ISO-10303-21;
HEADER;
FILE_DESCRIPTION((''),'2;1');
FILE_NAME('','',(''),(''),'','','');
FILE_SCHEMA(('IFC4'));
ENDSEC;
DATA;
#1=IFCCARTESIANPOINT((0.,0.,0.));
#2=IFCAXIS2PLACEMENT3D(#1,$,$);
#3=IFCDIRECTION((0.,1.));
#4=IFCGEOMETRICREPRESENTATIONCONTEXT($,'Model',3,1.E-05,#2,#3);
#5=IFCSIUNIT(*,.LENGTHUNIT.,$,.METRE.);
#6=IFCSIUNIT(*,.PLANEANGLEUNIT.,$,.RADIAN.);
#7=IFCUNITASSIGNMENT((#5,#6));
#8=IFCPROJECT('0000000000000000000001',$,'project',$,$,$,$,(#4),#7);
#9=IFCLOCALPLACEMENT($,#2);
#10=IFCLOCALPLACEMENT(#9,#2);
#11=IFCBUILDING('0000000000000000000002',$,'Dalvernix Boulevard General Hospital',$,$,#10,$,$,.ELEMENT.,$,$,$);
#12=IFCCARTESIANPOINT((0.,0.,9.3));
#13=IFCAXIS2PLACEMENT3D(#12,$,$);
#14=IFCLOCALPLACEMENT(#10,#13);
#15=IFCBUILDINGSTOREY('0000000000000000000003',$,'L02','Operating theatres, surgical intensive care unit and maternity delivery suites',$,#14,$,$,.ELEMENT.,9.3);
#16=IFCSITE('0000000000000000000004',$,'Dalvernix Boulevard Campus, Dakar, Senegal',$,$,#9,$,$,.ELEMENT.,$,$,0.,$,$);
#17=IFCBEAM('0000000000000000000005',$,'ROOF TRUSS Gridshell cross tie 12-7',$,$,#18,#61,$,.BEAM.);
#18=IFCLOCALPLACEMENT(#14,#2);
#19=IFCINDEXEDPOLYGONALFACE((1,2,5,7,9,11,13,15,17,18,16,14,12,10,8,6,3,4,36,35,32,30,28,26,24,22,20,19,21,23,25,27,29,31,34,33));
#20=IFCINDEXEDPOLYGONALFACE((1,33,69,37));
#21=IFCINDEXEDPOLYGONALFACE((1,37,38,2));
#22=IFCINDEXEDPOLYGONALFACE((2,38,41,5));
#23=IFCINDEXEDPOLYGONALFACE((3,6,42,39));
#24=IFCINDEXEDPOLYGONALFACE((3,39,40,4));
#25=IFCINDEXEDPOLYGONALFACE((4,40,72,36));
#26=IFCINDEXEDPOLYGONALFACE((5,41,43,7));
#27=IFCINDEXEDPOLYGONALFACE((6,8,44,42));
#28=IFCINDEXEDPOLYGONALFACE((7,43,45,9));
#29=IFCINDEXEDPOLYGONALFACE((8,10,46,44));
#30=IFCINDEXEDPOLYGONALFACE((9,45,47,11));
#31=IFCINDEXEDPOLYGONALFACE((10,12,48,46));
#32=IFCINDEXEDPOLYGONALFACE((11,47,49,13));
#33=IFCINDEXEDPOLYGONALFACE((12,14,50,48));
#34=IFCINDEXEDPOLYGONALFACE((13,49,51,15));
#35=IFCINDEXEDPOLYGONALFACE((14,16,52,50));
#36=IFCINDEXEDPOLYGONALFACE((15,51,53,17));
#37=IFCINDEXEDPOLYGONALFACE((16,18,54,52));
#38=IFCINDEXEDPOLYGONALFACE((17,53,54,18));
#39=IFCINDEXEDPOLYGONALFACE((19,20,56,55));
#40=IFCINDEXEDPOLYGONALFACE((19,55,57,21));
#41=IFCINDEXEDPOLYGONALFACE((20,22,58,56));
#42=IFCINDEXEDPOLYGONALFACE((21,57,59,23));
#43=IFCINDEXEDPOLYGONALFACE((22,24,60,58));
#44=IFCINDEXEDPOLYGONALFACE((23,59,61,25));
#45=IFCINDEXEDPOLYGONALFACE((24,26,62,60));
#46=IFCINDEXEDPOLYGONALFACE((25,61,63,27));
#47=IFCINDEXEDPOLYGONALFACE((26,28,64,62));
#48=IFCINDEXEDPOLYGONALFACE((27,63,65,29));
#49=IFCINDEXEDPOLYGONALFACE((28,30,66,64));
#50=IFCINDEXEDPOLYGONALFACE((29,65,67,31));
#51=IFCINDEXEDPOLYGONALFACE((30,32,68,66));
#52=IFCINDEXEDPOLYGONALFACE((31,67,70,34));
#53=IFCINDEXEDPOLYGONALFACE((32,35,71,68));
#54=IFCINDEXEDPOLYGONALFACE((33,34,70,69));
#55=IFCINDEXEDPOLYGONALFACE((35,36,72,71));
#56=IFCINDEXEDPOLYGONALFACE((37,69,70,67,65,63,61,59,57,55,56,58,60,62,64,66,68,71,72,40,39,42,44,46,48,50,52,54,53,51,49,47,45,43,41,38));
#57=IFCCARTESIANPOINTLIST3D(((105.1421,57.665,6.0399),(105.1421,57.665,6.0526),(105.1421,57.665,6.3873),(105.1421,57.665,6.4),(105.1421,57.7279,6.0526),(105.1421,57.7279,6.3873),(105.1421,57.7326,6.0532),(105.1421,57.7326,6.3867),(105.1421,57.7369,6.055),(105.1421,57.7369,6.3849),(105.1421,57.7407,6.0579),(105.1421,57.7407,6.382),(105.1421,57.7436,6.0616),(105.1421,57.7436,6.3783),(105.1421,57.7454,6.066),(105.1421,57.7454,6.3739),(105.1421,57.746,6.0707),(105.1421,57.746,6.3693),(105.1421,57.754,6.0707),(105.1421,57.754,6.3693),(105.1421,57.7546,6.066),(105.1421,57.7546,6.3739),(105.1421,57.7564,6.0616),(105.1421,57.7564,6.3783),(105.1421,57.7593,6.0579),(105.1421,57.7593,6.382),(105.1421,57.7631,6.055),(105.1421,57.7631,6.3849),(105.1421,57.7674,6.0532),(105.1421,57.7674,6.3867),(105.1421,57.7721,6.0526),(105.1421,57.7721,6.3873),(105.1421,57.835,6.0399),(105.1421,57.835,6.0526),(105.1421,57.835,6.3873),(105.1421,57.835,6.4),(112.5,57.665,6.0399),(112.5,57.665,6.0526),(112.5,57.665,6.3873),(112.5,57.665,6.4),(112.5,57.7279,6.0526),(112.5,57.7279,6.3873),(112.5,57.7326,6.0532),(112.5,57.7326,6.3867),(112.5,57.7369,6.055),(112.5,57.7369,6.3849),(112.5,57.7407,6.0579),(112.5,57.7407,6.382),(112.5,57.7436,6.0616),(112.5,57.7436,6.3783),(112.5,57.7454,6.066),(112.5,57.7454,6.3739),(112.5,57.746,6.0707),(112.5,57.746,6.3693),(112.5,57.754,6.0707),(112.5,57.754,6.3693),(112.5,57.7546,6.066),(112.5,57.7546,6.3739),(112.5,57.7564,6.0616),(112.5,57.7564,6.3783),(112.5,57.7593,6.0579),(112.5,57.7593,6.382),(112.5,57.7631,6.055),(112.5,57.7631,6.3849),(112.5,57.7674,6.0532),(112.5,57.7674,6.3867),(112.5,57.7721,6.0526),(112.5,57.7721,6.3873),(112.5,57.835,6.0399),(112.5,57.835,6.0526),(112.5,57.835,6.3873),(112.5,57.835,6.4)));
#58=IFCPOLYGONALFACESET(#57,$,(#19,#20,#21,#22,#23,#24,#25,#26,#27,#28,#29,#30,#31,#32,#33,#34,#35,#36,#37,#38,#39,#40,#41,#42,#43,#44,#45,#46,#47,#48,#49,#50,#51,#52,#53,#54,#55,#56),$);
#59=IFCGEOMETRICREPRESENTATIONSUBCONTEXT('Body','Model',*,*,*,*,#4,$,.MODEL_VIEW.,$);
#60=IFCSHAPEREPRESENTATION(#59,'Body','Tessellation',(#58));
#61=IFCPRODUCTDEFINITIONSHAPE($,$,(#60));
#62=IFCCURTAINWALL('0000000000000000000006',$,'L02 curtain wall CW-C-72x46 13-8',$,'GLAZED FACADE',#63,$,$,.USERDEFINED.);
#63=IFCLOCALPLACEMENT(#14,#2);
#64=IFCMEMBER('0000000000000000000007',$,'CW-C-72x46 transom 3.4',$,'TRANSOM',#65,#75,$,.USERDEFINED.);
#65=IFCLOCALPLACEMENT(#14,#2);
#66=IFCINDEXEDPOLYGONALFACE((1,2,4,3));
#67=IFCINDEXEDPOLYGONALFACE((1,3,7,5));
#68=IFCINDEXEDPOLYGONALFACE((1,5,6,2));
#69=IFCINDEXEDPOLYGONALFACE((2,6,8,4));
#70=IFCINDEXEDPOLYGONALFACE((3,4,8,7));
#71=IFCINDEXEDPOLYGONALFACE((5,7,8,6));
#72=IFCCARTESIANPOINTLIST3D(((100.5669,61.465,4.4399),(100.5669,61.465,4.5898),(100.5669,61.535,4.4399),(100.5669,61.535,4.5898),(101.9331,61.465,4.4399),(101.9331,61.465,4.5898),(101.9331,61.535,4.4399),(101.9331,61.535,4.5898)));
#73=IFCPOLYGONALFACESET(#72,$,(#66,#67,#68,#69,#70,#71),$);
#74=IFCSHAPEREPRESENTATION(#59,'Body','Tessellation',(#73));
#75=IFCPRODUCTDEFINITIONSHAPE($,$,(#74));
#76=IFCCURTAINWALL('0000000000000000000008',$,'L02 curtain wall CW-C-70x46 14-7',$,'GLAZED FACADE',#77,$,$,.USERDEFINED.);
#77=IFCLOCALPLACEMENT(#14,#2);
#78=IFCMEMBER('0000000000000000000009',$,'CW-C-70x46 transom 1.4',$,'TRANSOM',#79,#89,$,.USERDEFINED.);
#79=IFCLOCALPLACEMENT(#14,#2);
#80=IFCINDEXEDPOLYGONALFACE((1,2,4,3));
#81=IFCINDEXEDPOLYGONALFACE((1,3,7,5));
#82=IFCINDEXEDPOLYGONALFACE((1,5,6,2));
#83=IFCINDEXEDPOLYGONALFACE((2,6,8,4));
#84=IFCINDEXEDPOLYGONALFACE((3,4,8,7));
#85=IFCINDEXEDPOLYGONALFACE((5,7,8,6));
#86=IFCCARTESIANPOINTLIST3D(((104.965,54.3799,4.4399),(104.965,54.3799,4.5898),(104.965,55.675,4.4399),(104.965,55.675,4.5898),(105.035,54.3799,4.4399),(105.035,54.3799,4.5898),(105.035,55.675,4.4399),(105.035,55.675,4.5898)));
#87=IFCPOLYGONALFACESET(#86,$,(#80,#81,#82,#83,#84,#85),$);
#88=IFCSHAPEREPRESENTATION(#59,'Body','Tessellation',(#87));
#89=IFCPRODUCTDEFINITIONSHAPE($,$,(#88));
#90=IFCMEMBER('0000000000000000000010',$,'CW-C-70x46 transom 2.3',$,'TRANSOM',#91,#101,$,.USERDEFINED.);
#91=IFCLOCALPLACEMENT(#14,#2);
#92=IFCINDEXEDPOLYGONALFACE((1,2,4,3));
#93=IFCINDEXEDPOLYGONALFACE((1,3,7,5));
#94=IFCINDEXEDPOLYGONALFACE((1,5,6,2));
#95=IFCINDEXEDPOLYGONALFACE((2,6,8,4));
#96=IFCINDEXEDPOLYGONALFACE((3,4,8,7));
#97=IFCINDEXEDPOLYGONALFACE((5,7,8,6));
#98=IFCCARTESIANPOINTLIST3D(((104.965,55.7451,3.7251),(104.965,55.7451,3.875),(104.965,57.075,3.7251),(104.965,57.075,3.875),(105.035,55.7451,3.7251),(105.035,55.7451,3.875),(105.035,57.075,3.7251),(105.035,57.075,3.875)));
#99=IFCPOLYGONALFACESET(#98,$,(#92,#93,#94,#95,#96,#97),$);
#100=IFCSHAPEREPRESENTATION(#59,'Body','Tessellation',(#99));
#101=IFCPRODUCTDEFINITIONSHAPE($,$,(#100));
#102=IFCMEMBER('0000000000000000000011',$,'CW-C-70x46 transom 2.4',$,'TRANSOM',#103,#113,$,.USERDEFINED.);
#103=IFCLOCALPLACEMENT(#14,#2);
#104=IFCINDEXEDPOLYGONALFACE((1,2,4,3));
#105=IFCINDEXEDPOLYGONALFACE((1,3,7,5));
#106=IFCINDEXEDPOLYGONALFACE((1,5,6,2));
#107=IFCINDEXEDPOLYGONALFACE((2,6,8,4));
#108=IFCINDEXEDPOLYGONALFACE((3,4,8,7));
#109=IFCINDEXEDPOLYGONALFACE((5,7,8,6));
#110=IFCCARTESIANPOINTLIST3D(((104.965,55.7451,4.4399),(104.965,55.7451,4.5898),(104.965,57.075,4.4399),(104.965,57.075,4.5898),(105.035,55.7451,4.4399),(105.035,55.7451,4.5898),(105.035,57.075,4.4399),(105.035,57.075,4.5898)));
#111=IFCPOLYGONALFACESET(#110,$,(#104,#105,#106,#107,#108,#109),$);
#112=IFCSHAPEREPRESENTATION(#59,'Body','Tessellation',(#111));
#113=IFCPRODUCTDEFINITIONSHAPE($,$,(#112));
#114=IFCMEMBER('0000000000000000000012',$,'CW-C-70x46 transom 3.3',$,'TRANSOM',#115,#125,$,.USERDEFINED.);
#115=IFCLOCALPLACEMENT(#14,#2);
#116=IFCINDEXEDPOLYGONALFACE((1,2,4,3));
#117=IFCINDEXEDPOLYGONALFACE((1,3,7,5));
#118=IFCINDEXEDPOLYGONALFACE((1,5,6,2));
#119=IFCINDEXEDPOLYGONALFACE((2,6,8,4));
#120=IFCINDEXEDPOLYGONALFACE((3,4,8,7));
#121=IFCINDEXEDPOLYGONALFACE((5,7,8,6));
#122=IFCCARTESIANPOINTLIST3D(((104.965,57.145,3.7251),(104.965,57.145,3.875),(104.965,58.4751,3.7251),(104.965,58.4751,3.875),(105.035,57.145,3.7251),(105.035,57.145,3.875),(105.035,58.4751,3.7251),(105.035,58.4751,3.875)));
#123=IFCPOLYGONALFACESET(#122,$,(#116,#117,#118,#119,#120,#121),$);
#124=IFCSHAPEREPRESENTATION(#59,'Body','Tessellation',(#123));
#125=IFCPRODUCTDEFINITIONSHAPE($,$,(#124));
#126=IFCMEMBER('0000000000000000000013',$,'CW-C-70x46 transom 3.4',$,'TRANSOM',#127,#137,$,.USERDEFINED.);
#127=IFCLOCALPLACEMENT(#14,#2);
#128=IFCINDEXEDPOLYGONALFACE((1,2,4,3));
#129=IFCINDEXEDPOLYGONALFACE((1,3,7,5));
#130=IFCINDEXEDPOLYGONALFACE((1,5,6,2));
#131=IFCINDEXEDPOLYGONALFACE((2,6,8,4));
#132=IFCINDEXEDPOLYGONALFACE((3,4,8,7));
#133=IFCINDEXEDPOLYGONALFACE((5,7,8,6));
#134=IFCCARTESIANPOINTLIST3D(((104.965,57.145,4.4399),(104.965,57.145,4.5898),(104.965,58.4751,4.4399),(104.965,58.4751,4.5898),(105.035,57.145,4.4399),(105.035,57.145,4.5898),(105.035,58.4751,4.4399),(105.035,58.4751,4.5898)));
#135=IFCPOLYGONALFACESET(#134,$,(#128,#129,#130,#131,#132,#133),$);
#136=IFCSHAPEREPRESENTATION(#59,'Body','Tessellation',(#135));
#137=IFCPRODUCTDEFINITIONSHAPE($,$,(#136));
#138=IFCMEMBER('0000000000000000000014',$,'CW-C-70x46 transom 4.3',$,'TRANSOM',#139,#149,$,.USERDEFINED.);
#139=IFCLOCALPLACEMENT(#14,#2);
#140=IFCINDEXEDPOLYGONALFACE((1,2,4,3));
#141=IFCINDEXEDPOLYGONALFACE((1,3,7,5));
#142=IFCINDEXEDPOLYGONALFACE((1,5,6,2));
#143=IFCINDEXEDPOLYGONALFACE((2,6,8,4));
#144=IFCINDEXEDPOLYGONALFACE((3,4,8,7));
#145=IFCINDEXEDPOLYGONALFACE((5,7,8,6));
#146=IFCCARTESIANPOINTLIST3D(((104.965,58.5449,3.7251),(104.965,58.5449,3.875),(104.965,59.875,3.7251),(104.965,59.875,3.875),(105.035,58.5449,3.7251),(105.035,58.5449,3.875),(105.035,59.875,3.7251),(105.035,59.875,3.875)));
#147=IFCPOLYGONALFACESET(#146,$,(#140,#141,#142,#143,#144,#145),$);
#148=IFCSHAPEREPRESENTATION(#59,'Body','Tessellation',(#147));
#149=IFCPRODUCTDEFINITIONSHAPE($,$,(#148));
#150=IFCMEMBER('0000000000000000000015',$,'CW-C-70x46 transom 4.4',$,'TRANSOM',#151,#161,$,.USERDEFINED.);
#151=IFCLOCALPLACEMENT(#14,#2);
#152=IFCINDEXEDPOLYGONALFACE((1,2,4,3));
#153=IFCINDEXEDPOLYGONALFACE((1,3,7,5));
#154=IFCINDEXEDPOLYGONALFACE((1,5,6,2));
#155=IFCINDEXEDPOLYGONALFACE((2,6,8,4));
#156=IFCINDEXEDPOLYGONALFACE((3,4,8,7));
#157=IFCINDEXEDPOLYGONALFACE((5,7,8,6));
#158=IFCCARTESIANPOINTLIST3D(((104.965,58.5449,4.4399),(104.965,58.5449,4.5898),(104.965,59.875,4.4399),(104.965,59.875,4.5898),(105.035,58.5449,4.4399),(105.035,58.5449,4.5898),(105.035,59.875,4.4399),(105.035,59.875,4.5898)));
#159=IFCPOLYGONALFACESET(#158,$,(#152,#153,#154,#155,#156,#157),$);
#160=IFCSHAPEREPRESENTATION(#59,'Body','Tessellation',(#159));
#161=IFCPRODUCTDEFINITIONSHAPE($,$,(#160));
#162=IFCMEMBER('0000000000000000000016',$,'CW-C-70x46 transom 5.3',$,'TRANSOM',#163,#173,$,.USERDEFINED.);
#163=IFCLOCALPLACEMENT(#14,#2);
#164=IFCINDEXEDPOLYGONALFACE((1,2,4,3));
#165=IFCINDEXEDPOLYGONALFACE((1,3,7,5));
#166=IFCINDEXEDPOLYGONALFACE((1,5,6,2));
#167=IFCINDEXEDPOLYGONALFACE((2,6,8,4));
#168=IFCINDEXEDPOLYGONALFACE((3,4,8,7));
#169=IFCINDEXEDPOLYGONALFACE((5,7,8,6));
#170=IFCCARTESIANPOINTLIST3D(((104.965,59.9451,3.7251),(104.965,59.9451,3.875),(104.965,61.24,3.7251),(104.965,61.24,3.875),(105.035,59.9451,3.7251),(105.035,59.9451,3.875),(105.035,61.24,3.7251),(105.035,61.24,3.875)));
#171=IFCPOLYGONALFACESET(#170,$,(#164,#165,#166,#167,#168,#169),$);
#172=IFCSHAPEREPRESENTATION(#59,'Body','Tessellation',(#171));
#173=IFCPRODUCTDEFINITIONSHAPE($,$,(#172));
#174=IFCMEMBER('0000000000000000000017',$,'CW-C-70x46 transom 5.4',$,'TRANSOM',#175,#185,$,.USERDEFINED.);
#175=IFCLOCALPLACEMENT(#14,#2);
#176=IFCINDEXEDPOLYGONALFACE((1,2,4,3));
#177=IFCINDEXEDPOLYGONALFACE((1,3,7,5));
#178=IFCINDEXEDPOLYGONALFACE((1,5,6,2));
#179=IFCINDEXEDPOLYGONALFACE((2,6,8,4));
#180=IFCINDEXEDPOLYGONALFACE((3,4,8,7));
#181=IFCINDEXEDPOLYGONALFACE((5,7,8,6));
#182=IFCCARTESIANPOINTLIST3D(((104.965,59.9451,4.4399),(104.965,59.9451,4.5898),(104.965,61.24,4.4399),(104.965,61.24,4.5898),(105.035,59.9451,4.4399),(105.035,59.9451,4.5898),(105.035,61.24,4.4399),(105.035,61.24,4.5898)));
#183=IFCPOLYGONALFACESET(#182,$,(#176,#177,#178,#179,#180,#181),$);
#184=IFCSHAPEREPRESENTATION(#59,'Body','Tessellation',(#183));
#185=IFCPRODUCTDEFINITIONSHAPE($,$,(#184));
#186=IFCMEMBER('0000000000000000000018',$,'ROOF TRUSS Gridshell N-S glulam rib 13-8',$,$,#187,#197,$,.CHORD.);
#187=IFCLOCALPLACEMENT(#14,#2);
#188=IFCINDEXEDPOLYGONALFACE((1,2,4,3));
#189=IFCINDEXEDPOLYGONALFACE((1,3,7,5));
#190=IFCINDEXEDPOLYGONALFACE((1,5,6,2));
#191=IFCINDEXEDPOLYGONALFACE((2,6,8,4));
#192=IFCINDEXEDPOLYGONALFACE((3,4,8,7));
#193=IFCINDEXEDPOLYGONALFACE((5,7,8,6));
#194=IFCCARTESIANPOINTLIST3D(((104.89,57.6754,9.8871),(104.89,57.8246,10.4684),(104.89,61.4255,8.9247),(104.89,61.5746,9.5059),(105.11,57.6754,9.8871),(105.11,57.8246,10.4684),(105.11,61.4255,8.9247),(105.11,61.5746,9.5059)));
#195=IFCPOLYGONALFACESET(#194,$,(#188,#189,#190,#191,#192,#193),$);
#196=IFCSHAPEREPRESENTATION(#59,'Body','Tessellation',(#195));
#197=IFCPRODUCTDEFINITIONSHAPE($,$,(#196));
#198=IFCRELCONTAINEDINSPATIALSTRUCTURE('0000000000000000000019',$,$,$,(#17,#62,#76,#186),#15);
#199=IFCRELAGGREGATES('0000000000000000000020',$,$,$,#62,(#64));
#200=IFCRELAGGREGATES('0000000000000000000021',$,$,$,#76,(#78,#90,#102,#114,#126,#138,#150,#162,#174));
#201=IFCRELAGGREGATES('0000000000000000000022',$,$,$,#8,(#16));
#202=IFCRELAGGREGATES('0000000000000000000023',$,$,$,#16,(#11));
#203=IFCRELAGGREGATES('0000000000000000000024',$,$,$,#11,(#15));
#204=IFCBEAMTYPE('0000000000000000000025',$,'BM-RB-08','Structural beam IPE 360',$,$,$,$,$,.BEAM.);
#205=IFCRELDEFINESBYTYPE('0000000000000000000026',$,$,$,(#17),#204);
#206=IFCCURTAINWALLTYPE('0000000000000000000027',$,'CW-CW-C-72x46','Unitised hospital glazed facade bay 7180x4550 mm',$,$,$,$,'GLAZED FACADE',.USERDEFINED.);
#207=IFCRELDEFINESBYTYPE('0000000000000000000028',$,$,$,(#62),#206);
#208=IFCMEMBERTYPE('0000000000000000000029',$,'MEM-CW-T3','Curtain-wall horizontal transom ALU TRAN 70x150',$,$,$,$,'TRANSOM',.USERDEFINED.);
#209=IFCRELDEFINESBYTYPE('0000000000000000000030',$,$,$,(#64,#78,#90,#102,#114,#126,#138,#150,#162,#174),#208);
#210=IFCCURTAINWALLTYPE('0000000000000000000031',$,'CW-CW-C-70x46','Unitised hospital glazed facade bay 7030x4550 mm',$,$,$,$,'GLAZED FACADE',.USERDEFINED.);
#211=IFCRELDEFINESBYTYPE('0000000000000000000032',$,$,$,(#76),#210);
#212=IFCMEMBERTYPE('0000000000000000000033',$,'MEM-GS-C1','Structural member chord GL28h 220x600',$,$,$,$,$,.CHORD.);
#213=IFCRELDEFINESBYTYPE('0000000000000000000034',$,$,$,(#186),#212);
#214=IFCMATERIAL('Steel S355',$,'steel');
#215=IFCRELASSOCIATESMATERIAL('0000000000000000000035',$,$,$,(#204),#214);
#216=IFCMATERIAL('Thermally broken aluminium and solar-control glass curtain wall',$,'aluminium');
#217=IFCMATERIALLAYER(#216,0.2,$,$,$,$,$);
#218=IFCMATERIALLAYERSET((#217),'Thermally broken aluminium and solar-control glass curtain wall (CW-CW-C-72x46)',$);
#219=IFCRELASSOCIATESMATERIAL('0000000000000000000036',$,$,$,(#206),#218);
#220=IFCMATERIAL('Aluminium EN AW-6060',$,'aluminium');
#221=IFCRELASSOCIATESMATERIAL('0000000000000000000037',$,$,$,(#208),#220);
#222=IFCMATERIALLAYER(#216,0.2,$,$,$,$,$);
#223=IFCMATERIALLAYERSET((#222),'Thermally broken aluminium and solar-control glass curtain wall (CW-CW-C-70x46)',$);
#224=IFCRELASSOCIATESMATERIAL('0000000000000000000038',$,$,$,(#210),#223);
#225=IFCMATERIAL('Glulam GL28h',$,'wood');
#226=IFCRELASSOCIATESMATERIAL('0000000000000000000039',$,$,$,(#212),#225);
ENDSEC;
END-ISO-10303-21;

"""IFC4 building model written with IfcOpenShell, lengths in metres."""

from ifc_helpers import new_model, si_unit, direction, frame, origin, origin_2d, place, context, subcontext, project, spatial, rectangle, i_section, extrude, material, layer, layer_set, material_profile, profile_set, type_object, element, aggregate, save


model = new_model("IFC4")

# Units and contexts
model_context = context("Model", 3, precision=1e-05, world=origin(), true_north=direction((0.0, 1.0)))
body_context = subcontext(model_context, "Body", "Model", "MODEL_VIEW")
ifc_project = project(units=[si_unit("LENGTHUNIT", "METRE"), si_unit("PLANEANGLEUNIT", "RADIAN")], contexts=[model_context])

# Site, building, storey
site_placement = place(None, origin())
site = spatial("IfcSite", under=ifc_project, at=site_placement, Name="Dalvernix Boulevard Campus, Dakar, Senegal", CompositionType="ELEMENT", RefElevation=0.0)
building_placement = place(site_placement, origin())
building = spatial("IfcBuilding", under=site, at=building_placement, Name="Dalvernix Boulevard General Hospital", CompositionType="ELEMENT")
storey_placement = place(building_placement, frame((0.0, 0.0, 9.3)))
storey = spatial("IfcBuildingStorey", under=building, at=storey_placement, Name="L02", Description="Operating theatres, surgical intensive care unit and maternity delivery suites", CompositionType="ELEMENT", Elevation=9.3)

# Beam
ifc_material_1 = material(Name="Steel S355", Category="steel")
ifc_material_profile_1 = material_profile(ifc_material_1, i_section(OverallWidth=0.1699, OverallDepth=0.3601, WebThickness=0.0081, FlangeThickness=0.0127, FilletRadius=0.0181, at=origin_2d()), Name="IPE 360")
ifc_profile_set_1 = profile_set([ifc_material_profile_1], Name="Steel S355")
beam_type = type_object("IfcBeamType", Name="BM-RB-08", Description="Structural beam IPE 360", PredefinedType="BEAM", material=ifc_profile_set_1)
beam_placement = place(storey_placement, frame((105.1421, 57.75, 6.22), z_axis=(1.0, 0.0, 0.0), x_axis=(0.0, 1.0, 0.0)))
element("IfcBeam", 1, at=beam_placement, inside=storey, type_object=beam_type, Name="ROOF TRUSS Gridshell cross tie 12-7", PredefinedType="BEAM", context=body_context, shape_type="SweptSolid", body=[
    extrude(i_section(OverallWidth=0.1699, OverallDepth=0.3601, WebThickness=0.0081, FlangeThickness=0.0127, FilletRadius=0.0181, at=origin_2d()), origin(), (0.0, 0.0, 1.0), 7.3579),
])

# Curtain wall, member
ifc_material_2 = material(Name="Thermally broken aluminium and solar-control glass curtain wall", Category="aluminium")
ifc_layer_1 = layer(ifc_material_2, 0.2)
ifc_layer_set_1 = layer_set([ifc_layer_1], Name="Thermally broken aluminium and solar-control glass curtain wall (CW-CW-C-72x46)")
curtain_wall_type_1 = type_object("IfcCurtainWallType", Name="CW-CW-C-72x46", Description="Unitised hospital glazed facade bay 7180x4550 mm", ElementType="GLAZED FACADE", PredefinedType="USERDEFINED", material=ifc_layer_set_1)
curtain_wall_1_placement = place(storey_placement, origin())
curtain_wall_1 = element("IfcCurtainWall", 2, at=curtain_wall_1_placement, inside=storey, type_object=curtain_wall_type_1, Name="L02 curtain wall CW-C-72x46 13-8", ObjectType="GLAZED FACADE", PredefinedType="USERDEFINED")
ifc_material_3 = material(Name="Aluminium EN AW-6060", Category="aluminium")
ifc_material_profile_2 = material_profile(ifc_material_3, rectangle(XDim=0.0701, YDim=0.1499, at=origin_2d()), Name="ALU TRAN 70x150")
ifc_profile_set_2 = profile_set([ifc_material_profile_2], Name="Aluminium EN AW-6060")
member_type_1 = type_object("IfcMemberType", Name="MEM-CW-T3", Description="Curtain-wall horizontal transom ALU TRAN 70x150", ElementType="TRANSOM", PredefinedType="USERDEFINED", material=ifc_profile_set_2)
member_1_placement = place(storey_placement, frame((101.9331, 61.5, 4.5149), z_axis=(-1.0, 0.0, 0.0), x_axis=(0.0, -1.0, 0.0)))
member_1 = element("IfcMember", 3, at=member_1_placement, type_object=member_type_1, Name="CW-C-72x46 transom 3.4", ObjectType="TRANSOM", PredefinedType="USERDEFINED", context=body_context, shape_type="SweptSolid", body=[
    extrude(rectangle(XDim=0.0701, YDim=0.1499, at=origin_2d()), origin(), (0.0, 0.0, 1.0), 1.3662),
])

# Curtain wall, members
ifc_layer_2 = layer(ifc_material_2, 0.2)
ifc_layer_set_2 = layer_set([ifc_layer_2], Name="Thermally broken aluminium and solar-control glass curtain wall (CW-CW-C-70x46)")
curtain_wall_type_2 = type_object("IfcCurtainWallType", Name="CW-CW-C-70x46", Description="Unitised hospital glazed facade bay 7030x4550 mm", ElementType="GLAZED FACADE", PredefinedType="USERDEFINED", material=ifc_layer_set_2)
curtain_wall_2_placement = place(storey_placement, origin())
curtain_wall_2 = element("IfcCurtainWall", 4, at=curtain_wall_2_placement, inside=storey, type_object=curtain_wall_type_2, Name="L02 curtain wall CW-C-70x46 14-7", ObjectType="GLAZED FACADE", PredefinedType="USERDEFINED")
member_2_placement = place(storey_placement, frame((105.0, 54.3799, 4.5149), z_axis=(0.0, 1.0, 0.0), x_axis=(-1.0, 0.0, 0.0)))
member_2 = element("IfcMember", 5, at=member_2_placement, type_object=member_type_1, Name="CW-C-70x46 transom 1.4", ObjectType="TRANSOM", PredefinedType="USERDEFINED", context=body_context, shape_type="SweptSolid", body=[
    extrude(rectangle(XDim=0.0701, YDim=0.1499, at=origin_2d()), origin(), (0.0, 0.0, 1.0), 1.2952),
])
member_3_placement = place(storey_placement, frame((105.0, 55.7451, 3.8), z_axis=(0.0, 1.0, 0.0), x_axis=(-1.0, 0.0, 0.0)))
member_3 = element("IfcMember", 6, at=member_3_placement, type_object=member_type_1, Name="CW-C-70x46 transom 2.3", ObjectType="TRANSOM", PredefinedType="USERDEFINED", context=body_context, shape_type="SweptSolid", body=[
    extrude(rectangle(XDim=0.0701, YDim=0.1499, at=origin_2d()), origin(), (0.0, 0.0, 1.0), 1.3298),
])
member_4_placement = place(storey_placement, frame((105.0, 55.7451, 4.5149), z_axis=(0.0, 1.0, 0.0), x_axis=(-1.0, 0.0, 0.0)))
member_4 = element("IfcMember", 7, at=member_4_placement, type_object=member_type_1, Name="CW-C-70x46 transom 2.4", ObjectType="TRANSOM", PredefinedType="USERDEFINED", context=body_context, shape_type="SweptSolid", body=[
    extrude(rectangle(XDim=0.0701, YDim=0.1499, at=origin_2d()), origin(), (0.0, 0.0, 1.0), 1.3298),
])
member_5_placement = place(storey_placement, frame((105.0, 57.145, 3.8), z_axis=(0.0, 1.0, 0.0), x_axis=(-1.0, 0.0, 0.0)))
member_5 = element("IfcMember", 8, at=member_5_placement, type_object=member_type_1, Name="CW-C-70x46 transom 3.3", ObjectType="TRANSOM", PredefinedType="USERDEFINED", context=body_context, shape_type="SweptSolid", body=[
    extrude(rectangle(XDim=0.0701, YDim=0.1499, at=origin_2d()), origin(), (0.0, 0.0, 1.0), 1.3301),
])
member_6_placement = place(storey_placement, frame((105.0, 57.145, 4.5149), z_axis=(0.0, 1.0, 0.0), x_axis=(-1.0, 0.0, 0.0)))
member_6 = element("IfcMember", 9, at=member_6_placement, type_object=member_type_1, Name="CW-C-70x46 transom 3.4", ObjectType="TRANSOM", PredefinedType="USERDEFINED", context=body_context, shape_type="SweptSolid", body=[
    extrude(rectangle(XDim=0.0701, YDim=0.1499, at=origin_2d()), origin(), (0.0, 0.0, 1.0), 1.3301),
])
member_7_placement = place(storey_placement, frame((105.0, 58.5449, 3.8), z_axis=(0.0, 1.0, 0.0), x_axis=(-1.0, 0.0, 0.0)))
member_7 = element("IfcMember", 10, at=member_7_placement, type_object=member_type_1, Name="CW-C-70x46 transom 4.3", ObjectType="TRANSOM", PredefinedType="USERDEFINED", context=body_context, shape_type="SweptSolid", body=[
    extrude(rectangle(XDim=0.0701, YDim=0.1499, at=origin_2d()), origin(), (0.0, 0.0, 1.0), 1.3301),
])
member_8_placement = place(storey_placement, frame((105.0, 58.5449, 4.5149), z_axis=(0.0, 1.0, 0.0), x_axis=(-1.0, 0.0, 0.0)))
member_8 = element("IfcMember", 11, at=member_8_placement, type_object=member_type_1, Name="CW-C-70x46 transom 4.4", ObjectType="TRANSOM", PredefinedType="USERDEFINED", context=body_context, shape_type="SweptSolid", body=[
    extrude(rectangle(XDim=0.0701, YDim=0.1499, at=origin_2d()), origin(), (0.0, 0.0, 1.0), 1.3301),
])
member_9_placement = place(storey_placement, frame((105.0, 59.9451, 3.8), z_axis=(0.0, 1.0, 0.0), x_axis=(-1.0, 0.0, 0.0)))
member_9 = element("IfcMember", 12, at=member_9_placement, type_object=member_type_1, Name="CW-C-70x46 transom 5.3", ObjectType="TRANSOM", PredefinedType="USERDEFINED", context=body_context, shape_type="SweptSolid", body=[
    extrude(rectangle(XDim=0.0701, YDim=0.1499, at=origin_2d()), origin(), (0.0, 0.0, 1.0), 1.2949),
])
member_10_placement = place(storey_placement, frame((105.0, 59.9451, 4.5149), z_axis=(0.0, 1.0, 0.0), x_axis=(-1.0, 0.0, 0.0)))
member_10 = element("IfcMember", 13, at=member_10_placement, type_object=member_type_1, Name="CW-C-70x46 transom 5.4", ObjectType="TRANSOM", PredefinedType="USERDEFINED", context=body_context, shape_type="SweptSolid", body=[
    extrude(rectangle(XDim=0.0701, YDim=0.1499, at=origin_2d()), origin(), (0.0, 0.0, 1.0), 1.2949),
])

# Member
ifc_material_4 = material(Name="Glulam GL28h", Category="wood")
ifc_material_profile_3 = material_profile(ifc_material_4, rectangle(XDim=0.22, YDim=0.6001, at=origin_2d()), Name="GL28h 220x600")
ifc_profile_set_3 = profile_set([ifc_material_profile_3], Name="Glulam GL28h")
member_type_2 = type_object("IfcMemberType", Name="MEM-GS-C1", Description="Structural member chord GL28h 220x600", PredefinedType="CHORD", material=ifc_profile_set_3)
member_11_placement = place(storey_placement, frame((105.0, 57.75, 10.1777), z_axis=(0.0, 0.96861, -0.248585), x_axis=(-1.0, 0.0, 0.0)))
element("IfcMember", 14, at=member_11_placement, inside=storey, type_object=member_type_2, Name="ROOF TRUSS Gridshell N-S glulam rib 13-8", PredefinedType="CHORD", context=body_context, shape_type="SweptSolid", body=[
    extrude(rectangle(XDim=0.22, YDim=0.6001, at=origin_2d()), origin(), (0.0, 0.0, 1.0), 3.8716),
])

aggregate(curtain_wall_1, [member_1])
aggregate(curtain_wall_2, [member_2, member_3, member_4, member_5, member_6, member_7, member_8, member_9, member_10])

save(model, "model.ifc")
